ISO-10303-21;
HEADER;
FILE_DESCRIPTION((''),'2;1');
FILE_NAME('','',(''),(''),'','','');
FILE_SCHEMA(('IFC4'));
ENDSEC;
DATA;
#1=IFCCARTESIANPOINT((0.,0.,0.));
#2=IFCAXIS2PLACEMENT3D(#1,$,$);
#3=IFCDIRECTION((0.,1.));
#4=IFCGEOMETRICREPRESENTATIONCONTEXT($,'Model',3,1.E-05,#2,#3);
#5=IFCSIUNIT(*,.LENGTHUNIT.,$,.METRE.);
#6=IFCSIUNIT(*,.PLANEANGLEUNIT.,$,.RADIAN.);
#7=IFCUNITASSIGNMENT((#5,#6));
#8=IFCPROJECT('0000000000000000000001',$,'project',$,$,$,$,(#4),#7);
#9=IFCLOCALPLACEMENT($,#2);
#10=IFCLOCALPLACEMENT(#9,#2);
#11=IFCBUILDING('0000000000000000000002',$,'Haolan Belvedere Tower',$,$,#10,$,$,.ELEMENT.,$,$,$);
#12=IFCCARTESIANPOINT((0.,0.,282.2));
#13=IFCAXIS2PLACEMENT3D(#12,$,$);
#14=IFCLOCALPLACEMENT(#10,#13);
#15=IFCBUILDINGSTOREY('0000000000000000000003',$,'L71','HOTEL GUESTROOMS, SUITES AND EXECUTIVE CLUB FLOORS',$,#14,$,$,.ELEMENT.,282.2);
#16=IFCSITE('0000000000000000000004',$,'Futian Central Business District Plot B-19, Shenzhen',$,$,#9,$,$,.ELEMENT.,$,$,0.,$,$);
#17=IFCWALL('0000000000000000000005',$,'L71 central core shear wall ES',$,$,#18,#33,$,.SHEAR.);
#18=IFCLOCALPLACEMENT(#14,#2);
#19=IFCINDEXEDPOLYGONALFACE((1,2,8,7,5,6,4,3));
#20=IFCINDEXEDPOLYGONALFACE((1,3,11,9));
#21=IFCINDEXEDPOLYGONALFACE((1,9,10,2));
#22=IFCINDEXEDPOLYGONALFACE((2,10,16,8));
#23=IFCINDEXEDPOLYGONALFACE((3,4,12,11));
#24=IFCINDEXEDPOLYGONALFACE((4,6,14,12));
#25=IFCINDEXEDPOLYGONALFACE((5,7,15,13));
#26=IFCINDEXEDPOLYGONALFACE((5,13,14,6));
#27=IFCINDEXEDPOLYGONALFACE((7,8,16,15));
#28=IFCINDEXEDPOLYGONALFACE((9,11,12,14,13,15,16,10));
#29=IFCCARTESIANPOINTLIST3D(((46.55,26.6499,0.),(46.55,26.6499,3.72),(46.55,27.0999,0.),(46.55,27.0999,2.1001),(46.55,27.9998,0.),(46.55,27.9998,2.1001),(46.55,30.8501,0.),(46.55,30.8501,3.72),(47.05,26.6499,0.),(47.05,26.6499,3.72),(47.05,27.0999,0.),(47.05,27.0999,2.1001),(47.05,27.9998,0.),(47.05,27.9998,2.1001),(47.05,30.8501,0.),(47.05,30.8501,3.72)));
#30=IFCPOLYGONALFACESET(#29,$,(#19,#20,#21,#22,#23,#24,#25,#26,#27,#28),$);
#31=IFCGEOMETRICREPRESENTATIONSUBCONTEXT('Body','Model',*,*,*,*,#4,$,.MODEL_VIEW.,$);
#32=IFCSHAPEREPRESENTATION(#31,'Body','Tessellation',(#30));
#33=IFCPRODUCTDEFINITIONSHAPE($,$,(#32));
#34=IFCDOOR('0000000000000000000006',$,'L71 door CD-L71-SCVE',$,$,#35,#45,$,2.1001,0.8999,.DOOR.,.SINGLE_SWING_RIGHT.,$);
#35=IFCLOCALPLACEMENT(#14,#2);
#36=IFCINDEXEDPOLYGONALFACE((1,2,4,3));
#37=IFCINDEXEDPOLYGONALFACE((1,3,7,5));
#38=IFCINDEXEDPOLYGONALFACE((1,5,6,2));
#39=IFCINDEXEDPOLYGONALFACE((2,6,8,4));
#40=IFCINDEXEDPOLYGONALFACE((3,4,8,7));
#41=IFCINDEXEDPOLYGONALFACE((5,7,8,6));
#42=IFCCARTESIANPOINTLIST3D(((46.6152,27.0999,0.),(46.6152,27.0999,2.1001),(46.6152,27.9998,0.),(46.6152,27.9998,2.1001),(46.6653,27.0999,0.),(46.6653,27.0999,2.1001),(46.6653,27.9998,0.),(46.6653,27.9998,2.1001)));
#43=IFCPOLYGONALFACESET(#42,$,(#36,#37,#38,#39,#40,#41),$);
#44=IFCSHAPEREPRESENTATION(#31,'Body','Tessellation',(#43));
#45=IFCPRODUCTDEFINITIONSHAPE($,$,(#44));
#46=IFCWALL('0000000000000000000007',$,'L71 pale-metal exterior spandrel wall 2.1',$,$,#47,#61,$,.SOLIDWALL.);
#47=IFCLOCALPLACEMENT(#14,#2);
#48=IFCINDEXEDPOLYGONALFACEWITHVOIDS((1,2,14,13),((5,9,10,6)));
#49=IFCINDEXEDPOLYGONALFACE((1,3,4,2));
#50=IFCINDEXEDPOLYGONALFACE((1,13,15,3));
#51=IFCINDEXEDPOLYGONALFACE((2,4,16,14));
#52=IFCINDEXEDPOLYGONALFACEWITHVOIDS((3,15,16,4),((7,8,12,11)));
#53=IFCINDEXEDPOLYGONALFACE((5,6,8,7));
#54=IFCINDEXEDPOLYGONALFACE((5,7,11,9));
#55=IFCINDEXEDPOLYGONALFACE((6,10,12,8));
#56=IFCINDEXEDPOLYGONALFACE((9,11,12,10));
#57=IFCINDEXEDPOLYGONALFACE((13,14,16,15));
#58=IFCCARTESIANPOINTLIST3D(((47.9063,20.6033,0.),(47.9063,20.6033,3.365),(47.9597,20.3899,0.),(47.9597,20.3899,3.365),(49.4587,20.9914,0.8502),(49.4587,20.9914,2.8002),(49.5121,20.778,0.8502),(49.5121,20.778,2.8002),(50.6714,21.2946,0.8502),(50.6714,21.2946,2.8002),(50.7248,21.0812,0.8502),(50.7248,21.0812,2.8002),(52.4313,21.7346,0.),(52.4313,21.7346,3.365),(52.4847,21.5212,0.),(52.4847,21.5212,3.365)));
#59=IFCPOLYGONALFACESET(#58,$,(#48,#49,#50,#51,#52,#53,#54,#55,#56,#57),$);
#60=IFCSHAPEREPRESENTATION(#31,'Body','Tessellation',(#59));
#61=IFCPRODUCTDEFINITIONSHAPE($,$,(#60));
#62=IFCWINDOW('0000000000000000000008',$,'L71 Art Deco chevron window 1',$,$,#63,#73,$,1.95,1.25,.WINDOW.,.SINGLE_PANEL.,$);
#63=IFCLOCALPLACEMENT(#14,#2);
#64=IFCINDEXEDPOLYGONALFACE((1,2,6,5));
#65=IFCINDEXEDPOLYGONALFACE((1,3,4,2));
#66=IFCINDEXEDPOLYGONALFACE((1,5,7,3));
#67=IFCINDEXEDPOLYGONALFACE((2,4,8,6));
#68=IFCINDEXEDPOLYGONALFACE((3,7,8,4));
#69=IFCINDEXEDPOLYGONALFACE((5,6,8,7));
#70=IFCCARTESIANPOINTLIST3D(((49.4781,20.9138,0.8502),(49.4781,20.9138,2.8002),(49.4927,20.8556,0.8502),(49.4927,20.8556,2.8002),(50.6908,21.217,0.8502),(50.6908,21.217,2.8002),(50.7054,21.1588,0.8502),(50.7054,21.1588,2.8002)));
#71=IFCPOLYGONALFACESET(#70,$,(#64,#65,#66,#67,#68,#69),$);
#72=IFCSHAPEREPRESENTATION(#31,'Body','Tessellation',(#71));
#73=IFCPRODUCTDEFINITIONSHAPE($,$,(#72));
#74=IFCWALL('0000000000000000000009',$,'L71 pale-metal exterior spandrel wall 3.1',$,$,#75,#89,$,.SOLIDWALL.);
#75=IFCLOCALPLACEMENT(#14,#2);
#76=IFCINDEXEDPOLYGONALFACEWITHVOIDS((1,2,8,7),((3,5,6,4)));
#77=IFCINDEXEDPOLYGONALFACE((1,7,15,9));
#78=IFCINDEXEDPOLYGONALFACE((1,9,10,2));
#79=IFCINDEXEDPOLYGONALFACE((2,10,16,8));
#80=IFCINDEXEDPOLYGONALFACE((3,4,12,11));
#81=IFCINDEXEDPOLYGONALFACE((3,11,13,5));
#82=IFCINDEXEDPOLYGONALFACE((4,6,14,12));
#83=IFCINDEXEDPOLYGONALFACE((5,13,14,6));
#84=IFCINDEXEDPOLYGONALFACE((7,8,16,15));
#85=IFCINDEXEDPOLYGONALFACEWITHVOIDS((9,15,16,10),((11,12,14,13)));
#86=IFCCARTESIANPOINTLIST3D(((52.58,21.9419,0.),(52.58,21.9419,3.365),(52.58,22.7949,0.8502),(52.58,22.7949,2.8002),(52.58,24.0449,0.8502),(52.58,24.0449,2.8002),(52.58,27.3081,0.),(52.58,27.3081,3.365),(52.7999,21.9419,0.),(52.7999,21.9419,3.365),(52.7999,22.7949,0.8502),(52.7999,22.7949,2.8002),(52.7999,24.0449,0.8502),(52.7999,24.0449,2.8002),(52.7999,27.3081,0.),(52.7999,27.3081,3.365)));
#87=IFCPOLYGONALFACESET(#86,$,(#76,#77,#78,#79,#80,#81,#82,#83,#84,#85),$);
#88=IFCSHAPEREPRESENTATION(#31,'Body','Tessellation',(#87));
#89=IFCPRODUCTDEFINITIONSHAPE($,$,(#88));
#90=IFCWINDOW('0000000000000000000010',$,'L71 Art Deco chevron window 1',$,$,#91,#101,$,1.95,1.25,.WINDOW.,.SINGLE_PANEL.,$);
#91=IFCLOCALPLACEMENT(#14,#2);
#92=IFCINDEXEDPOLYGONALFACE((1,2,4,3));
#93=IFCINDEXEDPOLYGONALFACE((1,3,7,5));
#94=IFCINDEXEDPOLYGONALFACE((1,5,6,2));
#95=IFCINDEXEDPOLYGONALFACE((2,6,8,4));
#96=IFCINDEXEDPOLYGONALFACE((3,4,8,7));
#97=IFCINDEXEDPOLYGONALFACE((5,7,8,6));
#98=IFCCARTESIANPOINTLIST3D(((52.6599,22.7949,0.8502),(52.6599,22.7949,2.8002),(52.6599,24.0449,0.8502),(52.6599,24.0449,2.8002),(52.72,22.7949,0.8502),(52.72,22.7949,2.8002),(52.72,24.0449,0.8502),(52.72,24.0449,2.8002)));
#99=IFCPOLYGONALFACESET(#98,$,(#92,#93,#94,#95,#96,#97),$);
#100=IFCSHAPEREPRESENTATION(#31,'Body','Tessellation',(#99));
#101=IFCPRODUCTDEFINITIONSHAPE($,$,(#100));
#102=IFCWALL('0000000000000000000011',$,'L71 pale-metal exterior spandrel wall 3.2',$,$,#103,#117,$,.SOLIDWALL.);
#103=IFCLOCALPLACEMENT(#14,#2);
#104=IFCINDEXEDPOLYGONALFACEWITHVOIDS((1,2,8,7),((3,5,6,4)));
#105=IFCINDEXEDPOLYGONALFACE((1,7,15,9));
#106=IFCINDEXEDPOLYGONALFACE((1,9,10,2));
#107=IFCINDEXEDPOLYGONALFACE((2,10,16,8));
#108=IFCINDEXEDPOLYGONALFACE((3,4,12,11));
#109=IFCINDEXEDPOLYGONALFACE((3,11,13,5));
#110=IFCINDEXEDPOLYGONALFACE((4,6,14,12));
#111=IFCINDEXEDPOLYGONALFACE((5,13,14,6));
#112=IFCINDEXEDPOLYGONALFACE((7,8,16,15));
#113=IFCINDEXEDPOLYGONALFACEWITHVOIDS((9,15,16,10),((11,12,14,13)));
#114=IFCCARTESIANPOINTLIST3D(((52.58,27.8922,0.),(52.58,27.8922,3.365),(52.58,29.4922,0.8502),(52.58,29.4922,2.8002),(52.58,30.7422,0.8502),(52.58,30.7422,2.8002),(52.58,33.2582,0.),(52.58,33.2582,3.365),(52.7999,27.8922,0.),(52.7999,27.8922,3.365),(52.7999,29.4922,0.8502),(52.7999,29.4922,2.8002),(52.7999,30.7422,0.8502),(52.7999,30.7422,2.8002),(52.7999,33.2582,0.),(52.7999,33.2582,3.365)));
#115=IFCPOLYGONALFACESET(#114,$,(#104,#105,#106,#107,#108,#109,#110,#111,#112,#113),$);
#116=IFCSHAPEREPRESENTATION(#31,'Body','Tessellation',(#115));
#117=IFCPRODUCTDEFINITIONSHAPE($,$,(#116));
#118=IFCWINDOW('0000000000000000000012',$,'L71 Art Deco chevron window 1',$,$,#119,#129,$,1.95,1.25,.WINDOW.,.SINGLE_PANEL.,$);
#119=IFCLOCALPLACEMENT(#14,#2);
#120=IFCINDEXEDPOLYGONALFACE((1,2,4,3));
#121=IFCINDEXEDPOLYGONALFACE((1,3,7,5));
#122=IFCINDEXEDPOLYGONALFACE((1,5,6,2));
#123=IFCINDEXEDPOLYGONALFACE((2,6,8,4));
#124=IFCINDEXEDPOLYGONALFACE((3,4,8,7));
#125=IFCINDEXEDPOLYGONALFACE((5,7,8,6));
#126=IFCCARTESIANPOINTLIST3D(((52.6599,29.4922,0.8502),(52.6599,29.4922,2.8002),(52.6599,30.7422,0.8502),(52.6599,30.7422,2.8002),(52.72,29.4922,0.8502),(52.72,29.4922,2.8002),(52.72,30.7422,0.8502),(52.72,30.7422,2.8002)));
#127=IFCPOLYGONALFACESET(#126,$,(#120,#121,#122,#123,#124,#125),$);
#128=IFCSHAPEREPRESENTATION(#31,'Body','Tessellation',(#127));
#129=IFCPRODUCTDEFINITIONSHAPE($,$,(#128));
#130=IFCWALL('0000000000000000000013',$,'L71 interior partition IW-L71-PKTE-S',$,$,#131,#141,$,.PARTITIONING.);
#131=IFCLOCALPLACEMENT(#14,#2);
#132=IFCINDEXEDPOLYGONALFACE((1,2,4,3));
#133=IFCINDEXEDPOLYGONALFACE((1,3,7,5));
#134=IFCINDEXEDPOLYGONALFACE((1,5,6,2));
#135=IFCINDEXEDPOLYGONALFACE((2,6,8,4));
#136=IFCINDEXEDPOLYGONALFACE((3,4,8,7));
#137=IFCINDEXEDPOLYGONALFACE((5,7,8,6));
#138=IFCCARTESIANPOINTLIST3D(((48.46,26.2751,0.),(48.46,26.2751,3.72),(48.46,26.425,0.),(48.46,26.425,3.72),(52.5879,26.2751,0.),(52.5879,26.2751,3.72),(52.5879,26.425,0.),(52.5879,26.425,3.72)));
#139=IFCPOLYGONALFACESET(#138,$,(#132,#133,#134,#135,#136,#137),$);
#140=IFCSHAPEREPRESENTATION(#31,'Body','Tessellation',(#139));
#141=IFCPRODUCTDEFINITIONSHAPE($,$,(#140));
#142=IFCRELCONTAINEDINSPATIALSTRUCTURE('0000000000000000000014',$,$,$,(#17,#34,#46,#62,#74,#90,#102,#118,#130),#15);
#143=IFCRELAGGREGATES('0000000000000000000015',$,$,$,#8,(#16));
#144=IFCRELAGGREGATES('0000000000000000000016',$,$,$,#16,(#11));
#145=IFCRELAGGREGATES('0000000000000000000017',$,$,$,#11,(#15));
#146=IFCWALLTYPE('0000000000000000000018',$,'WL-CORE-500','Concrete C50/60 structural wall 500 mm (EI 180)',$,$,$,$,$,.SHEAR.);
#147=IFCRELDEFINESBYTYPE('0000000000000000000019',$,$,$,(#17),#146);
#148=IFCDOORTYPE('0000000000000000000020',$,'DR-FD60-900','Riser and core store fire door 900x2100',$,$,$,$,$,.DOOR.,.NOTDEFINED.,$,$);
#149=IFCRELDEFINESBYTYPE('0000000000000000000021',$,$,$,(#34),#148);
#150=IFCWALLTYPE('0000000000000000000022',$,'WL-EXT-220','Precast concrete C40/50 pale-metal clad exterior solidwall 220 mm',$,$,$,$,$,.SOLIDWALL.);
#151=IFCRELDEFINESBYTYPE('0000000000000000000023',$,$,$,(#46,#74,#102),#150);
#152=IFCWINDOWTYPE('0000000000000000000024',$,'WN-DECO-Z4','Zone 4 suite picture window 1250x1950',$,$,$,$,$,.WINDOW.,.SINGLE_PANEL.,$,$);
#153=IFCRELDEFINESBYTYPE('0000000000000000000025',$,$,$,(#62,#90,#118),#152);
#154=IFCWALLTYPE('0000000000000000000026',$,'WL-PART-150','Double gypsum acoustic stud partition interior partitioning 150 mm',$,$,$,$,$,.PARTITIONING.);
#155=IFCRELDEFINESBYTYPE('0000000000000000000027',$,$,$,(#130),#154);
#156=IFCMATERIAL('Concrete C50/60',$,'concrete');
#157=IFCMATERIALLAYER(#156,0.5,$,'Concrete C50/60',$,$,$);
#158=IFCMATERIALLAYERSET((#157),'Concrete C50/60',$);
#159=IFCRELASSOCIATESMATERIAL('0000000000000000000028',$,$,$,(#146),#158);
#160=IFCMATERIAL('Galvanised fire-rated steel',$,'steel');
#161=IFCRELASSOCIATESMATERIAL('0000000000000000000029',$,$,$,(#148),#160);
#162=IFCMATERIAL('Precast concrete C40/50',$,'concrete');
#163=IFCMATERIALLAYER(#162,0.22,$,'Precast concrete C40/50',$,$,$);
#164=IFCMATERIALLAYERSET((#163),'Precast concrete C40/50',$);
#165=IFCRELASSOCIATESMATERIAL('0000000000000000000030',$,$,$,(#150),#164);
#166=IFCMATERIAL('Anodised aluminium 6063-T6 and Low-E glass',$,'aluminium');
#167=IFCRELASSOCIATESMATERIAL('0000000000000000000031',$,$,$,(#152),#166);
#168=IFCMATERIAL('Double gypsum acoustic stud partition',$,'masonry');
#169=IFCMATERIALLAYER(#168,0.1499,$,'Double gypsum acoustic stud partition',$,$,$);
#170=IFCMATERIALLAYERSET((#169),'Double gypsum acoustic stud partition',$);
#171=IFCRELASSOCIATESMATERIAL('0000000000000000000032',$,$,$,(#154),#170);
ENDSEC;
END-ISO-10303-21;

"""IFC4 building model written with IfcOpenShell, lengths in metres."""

from ifc_helpers import new_model, si_unit, direction, frame, frame_2d, origin, place, context, subcontext, project, spatial, rectangle, extrude, material, layer, layer_set, type_object, element, fill, save


model = new_model("IFC4")

# Units and contexts
model_context = context("Model", 3, precision=1e-05, world=origin(), true_north=direction((0.0, 1.0)))
body_context = subcontext(model_context, "Body", "Model", "MODEL_VIEW")
ifc_project = project(units=[si_unit("LENGTHUNIT", "METRE"), si_unit("PLANEANGLEUNIT", "RADIAN")], contexts=[model_context])

# Site, building, storey
site_placement = place(None, origin())
site = spatial("IfcSite", under=ifc_project, at=site_placement, Name="Futian Central Business District Plot B-19, Shenzhen", CompositionType="ELEMENT", RefElevation=0.0)
building_placement = place(site_placement, origin())
building = spatial("IfcBuilding", under=site, at=building_placement, Name="Haolan Belvedere Tower", CompositionType="ELEMENT")
storey_placement = place(building_placement, frame((0.0, 0.0, 282.2)))
storey = spatial("IfcBuildingStorey", under=building, at=storey_placement, Name="L71", Description="HOTEL GUESTROOMS, SUITES AND EXECUTIVE CLUB FLOORS", CompositionType="ELEMENT", Elevation=282.2)

# Wall, opening, door
ifc_material_1 = material(Name="Concrete C50/60", Category="concrete")
ifc_layer_1 = layer(ifc_material_1, 0.5, Name="Concrete C50/60")
ifc_layer_set_1 = layer_set([ifc_layer_1], Name="Concrete C50/60")
wall_type_1 = type_object("IfcWallType", Name="WL-CORE-500", Description="Concrete C50/60 structural wall 500 mm (EI 180)", PredefinedType="SHEAR", material=ifc_layer_set_1)
wall_1_placement = place(storey_placement, frame((46.8, 26.6499, 0.0), z_axis=(0.0, 0.0, 1.0), x_axis=(0.0, 1.0, 0.0)))
wall_1 = element("IfcWall", 1, at=wall_1_placement, inside=storey, type_object=wall_type_1, Name="L71 central core shear wall ES", PredefinedType="SHEAR", context=body_context, shape_type="SweptSolid", body=[
    extrude(rectangle(XDim=4.2002, YDim=0.5, at=frame_2d((2.1001, 0.0))), origin(), (0.0, 0.0, 1.0), 3.72),
])
opening_1_placement = place(wall_1_placement, frame((1.3499, 0.0, 0.0), z_axis=(0.0, 0.0, 1.0), x_axis=(-1.0, 0.0, 0.0)))
opening_1 = element("IfcOpeningElement", 2, at=opening_1_placement, cuts=wall_1, PredefinedType="OPENING", context=body_context, shape_type="SweptSolid", body=[
    extrude(rectangle(XDim=0.8999, YDim=2.1001, at=frame_2d((0.45, 1.05))), frame((0.0, 0.26, 0.0), z_axis=(0.0, -1.0, 0.0), x_axis=(1.0, 0.0, 0.0)), (0.0, 0.0, 1.0), 0.52),
])
ifc_material_2 = material(Name="Galvanised fire-rated steel", Category="steel")
door_type_1 = type_object("IfcDoorType", Name="DR-FD60-900", Description="Riser and core store fire door 900x2100", OperationType="NOTDEFINED", PredefinedType="DOOR", material=ifc_material_2)
door_1_placement = place(opening_1_placement, origin())
door_1 = element("IfcDoor", 3, at=door_1_placement, inside=storey, type_object=door_type_1, Name="L71 door CD-L71-SCVE", OperationType="SINGLE_SWING_RIGHT", OverallHeight=2.1001, OverallWidth=0.8999, PredefinedType="DOOR", context=body_context, shape_type="SweptSolid", body=[
    extrude(rectangle(XDim=0.8999, YDim=2.1001, at=frame_2d((0.45, 1.05))), frame((0.0, -0.1348, 0.0), z_axis=(0.0, -1.0, 0.0), x_axis=(1.0, 0.0, 0.0)), (0.0, 0.0, 1.0), 0.05),
])
fill(opening_1, door_1)

# Walls, openings, windows
ifc_material_3 = material(Name="Precast concrete C40/50", Category="concrete")
ifc_layer_2 = layer(ifc_material_3, 0.22, Name="Precast concrete C40/50")
ifc_layer_set_2 = layer_set([ifc_layer_2], Name="Precast concrete C40/50")
wall_type_2 = type_object("IfcWallType", Name="WL-EXT-220", Description="Precast concrete C40/50 pale-metal clad exterior solidwall 220 mm", PredefinedType="SOLIDWALL", material=ifc_layer_set_2)
wall_2_placement = place(storey_placement, frame((47.9331, 20.4966, 0.0), z_axis=(0.0, 0.0, 1.0), x_axis=(0.970136, 0.24256, 0.0)))
wall_2 = element("IfcWall", 4, at=wall_2_placement, inside=storey, type_object=wall_type_2, Name="L71 pale-metal exterior spandrel wall 2.1", PredefinedType="SOLIDWALL", context=body_context, shape_type="SweptSolid", body=[
    extrude(rectangle(XDim=4.6643, YDim=0.22, at=frame_2d((2.332, 0.0))), origin(), (0.0, 0.0, 1.0), 3.365),
])
opening_2_placement = place(wall_2_placement, frame((1.6001, 0.0, 0.8501)))
opening_2 = element("IfcOpeningElement", 5, at=opening_2_placement, cuts=wall_2, PredefinedType="OPENING", context=body_context, shape_type="SweptSolid", body=[
    extrude(rectangle(XDim=1.25, YDim=1.95, at=frame_2d((0.625, 0.9751))), frame((0.0, 0.1199, 0.0), z_axis=(0.0, -1.0, 0.0), x_axis=(1.0, 0.0, 0.0)), (0.0, 0.0, 1.0), 0.24),
])
ifc_material_4 = material(Name="Anodised aluminium 6063-T6 and Low-E glass", Category="aluminium")
window_type = type_object("IfcWindowType", Name="WN-DECO-Z4", Description="Zone 4 suite picture window 1250x1950", PartitioningType="SINGLE_PANEL", PredefinedType="WINDOW", material=ifc_material_4)
window_1_placement = place(opening_2_placement, origin())
window_1 = element("IfcWindow", 6, at=window_1_placement, inside=storey, type_object=window_type, Name="L71 Art Deco chevron window 1", OverallHeight=1.95, OverallWidth=1.25, PartitioningType="SINGLE_PANEL", PredefinedType="WINDOW", context=body_context, shape_type="SweptSolid", body=[
    extrude(rectangle(XDim=1.25, YDim=1.95, at=frame_2d((0.625, 0.9751))), frame((0.0, 0.03, 0.0), z_axis=(0.0, -1.0, 0.0), x_axis=(1.0, 0.0, 0.0)), (0.0, 0.0, 1.0), 0.0601),
])
fill(opening_2, window_1)
wall_3_placement = place(storey_placement, frame((52.6899, 21.9419, 0.0), z_axis=(0.0, 0.0, 1.0), x_axis=(0.0, 1.0, 0.0)))
wall_3 = element("IfcWall", 7, at=wall_3_placement, inside=storey, type_object=wall_type_2, Name="L71 pale-metal exterior spandrel wall 3.1", PredefinedType="SOLIDWALL", context=body_context, shape_type="SweptSolid", body=[
    extrude(rectangle(XDim=5.3662, YDim=0.22, at=frame_2d((2.6831, 0.0))), origin(), (0.0, 0.0, 1.0), 3.365),
])
opening_3_placement = place(wall_3_placement, frame((0.853, 0.0, 0.8501)))
opening_3 = element("IfcOpeningElement", 8, at=opening_3_placement, cuts=wall_3, PredefinedType="OPENING", context=body_context, shape_type="SweptSolid", body=[
    extrude(rectangle(XDim=1.25, YDim=1.95, at=frame_2d((0.625, 0.9751))), frame((0.0, 0.1199, 0.0), z_axis=(0.0, -1.0, 0.0), x_axis=(1.0, 0.0, 0.0)), (0.0, 0.0, 1.0), 0.24),
])
window_2_placement = place(opening_3_placement, origin())
window_2 = element("IfcWindow", 9, at=window_2_placement, inside=storey, type_object=window_type, Name="L71 Art Deco chevron window 1", OverallHeight=1.95, OverallWidth=1.25, PartitioningType="SINGLE_PANEL", PredefinedType="WINDOW", context=body_context, shape_type="SweptSolid", body=[
    extrude(rectangle(XDim=1.25, YDim=1.95, at=frame_2d((0.625, 0.9751))), frame((0.0, 0.03, 0.0), z_axis=(0.0, -1.0, 0.0), x_axis=(1.0, 0.0, 0.0)), (0.0, 0.0, 1.0), 0.0601),
])
fill(opening_3, window_2)
wall_4_placement = place(storey_placement, frame((52.6899, 27.8921, 0.0), z_axis=(0.0, 0.0, 1.0), x_axis=(0.0, 1.0, 0.0)))
wall_4 = element("IfcWall", 10, at=wall_4_placement, inside=storey, type_object=wall_type_2, Name="L71 pale-metal exterior spandrel wall 3.2", PredefinedType="SOLIDWALL", context=body_context, shape_type="SweptSolid", body=[
    extrude(rectangle(XDim=5.366, YDim=0.22, at=frame_2d((2.6831, 0.0))), origin(), (0.0, 0.0, 1.0), 3.365),
])
opening_4_placement = place(wall_4_placement, frame((1.6001, 0.0, 0.8501)))
opening_4 = element("IfcOpeningElement", 11, at=opening_4_placement, cuts=wall_4, PredefinedType="OPENING", context=body_context, shape_type="SweptSolid", body=[
    extrude(rectangle(XDim=1.25, YDim=1.95, at=frame_2d((0.625, 0.9751))), frame((0.0, 0.1199, 0.0), z_axis=(0.0, -1.0, 0.0), x_axis=(1.0, 0.0, 0.0)), (0.0, 0.0, 1.0), 0.24),
])
window_3_placement = place(opening_4_placement, origin())
window_3 = element("IfcWindow", 12, at=window_3_placement, inside=storey, type_object=window_type, Name="L71 Art Deco chevron window 1", OverallHeight=1.95, OverallWidth=1.25, PartitioningType="SINGLE_PANEL", PredefinedType="WINDOW", context=body_context, shape_type="SweptSolid", body=[
    extrude(rectangle(XDim=1.25, YDim=1.95, at=frame_2d((0.625, 0.9751))), frame((0.0, 0.03, 0.0), z_axis=(0.0, -1.0, 0.0), x_axis=(1.0, 0.0, 0.0)), (0.0, 0.0, 1.0), 0.0601),
])
fill(opening_4, window_3)

# Wall
ifc_material_5 = material(Name="Double gypsum acoustic stud partition", Category="masonry")
ifc_layer_3 = layer(ifc_material_5, 0.1499, Name="Double gypsum acoustic stud partition")
ifc_layer_set_3 = layer_set([ifc_layer_3], Name="Double gypsum acoustic stud partition")
wall_type_3 = type_object("IfcWallType", Name="WL-PART-150", Description="Double gypsum acoustic stud partition interior partitioning 150 mm", PredefinedType="PARTITIONING", material=ifc_layer_set_3)
wall_5_placement = place(storey_placement, frame((48.46, 26.3501, 0.0), z_axis=(0.0, 0.0, 1.0), x_axis=(1.0, 0.0, 0.0)))
element("IfcWall", 13, at=wall_5_placement, inside=storey, type_object=wall_type_3, Name="L71 interior partition IW-L71-PKTE-S", PredefinedType="PARTITIONING", context=body_context, shape_type="SweptSolid", body=[
    extrude(rectangle(XDim=4.1279, YDim=0.1499, at=frame_2d((2.064, 0.0))), origin(), (0.0, 0.0, 1.0), 3.72),
])

save(model, "model.ifc")
